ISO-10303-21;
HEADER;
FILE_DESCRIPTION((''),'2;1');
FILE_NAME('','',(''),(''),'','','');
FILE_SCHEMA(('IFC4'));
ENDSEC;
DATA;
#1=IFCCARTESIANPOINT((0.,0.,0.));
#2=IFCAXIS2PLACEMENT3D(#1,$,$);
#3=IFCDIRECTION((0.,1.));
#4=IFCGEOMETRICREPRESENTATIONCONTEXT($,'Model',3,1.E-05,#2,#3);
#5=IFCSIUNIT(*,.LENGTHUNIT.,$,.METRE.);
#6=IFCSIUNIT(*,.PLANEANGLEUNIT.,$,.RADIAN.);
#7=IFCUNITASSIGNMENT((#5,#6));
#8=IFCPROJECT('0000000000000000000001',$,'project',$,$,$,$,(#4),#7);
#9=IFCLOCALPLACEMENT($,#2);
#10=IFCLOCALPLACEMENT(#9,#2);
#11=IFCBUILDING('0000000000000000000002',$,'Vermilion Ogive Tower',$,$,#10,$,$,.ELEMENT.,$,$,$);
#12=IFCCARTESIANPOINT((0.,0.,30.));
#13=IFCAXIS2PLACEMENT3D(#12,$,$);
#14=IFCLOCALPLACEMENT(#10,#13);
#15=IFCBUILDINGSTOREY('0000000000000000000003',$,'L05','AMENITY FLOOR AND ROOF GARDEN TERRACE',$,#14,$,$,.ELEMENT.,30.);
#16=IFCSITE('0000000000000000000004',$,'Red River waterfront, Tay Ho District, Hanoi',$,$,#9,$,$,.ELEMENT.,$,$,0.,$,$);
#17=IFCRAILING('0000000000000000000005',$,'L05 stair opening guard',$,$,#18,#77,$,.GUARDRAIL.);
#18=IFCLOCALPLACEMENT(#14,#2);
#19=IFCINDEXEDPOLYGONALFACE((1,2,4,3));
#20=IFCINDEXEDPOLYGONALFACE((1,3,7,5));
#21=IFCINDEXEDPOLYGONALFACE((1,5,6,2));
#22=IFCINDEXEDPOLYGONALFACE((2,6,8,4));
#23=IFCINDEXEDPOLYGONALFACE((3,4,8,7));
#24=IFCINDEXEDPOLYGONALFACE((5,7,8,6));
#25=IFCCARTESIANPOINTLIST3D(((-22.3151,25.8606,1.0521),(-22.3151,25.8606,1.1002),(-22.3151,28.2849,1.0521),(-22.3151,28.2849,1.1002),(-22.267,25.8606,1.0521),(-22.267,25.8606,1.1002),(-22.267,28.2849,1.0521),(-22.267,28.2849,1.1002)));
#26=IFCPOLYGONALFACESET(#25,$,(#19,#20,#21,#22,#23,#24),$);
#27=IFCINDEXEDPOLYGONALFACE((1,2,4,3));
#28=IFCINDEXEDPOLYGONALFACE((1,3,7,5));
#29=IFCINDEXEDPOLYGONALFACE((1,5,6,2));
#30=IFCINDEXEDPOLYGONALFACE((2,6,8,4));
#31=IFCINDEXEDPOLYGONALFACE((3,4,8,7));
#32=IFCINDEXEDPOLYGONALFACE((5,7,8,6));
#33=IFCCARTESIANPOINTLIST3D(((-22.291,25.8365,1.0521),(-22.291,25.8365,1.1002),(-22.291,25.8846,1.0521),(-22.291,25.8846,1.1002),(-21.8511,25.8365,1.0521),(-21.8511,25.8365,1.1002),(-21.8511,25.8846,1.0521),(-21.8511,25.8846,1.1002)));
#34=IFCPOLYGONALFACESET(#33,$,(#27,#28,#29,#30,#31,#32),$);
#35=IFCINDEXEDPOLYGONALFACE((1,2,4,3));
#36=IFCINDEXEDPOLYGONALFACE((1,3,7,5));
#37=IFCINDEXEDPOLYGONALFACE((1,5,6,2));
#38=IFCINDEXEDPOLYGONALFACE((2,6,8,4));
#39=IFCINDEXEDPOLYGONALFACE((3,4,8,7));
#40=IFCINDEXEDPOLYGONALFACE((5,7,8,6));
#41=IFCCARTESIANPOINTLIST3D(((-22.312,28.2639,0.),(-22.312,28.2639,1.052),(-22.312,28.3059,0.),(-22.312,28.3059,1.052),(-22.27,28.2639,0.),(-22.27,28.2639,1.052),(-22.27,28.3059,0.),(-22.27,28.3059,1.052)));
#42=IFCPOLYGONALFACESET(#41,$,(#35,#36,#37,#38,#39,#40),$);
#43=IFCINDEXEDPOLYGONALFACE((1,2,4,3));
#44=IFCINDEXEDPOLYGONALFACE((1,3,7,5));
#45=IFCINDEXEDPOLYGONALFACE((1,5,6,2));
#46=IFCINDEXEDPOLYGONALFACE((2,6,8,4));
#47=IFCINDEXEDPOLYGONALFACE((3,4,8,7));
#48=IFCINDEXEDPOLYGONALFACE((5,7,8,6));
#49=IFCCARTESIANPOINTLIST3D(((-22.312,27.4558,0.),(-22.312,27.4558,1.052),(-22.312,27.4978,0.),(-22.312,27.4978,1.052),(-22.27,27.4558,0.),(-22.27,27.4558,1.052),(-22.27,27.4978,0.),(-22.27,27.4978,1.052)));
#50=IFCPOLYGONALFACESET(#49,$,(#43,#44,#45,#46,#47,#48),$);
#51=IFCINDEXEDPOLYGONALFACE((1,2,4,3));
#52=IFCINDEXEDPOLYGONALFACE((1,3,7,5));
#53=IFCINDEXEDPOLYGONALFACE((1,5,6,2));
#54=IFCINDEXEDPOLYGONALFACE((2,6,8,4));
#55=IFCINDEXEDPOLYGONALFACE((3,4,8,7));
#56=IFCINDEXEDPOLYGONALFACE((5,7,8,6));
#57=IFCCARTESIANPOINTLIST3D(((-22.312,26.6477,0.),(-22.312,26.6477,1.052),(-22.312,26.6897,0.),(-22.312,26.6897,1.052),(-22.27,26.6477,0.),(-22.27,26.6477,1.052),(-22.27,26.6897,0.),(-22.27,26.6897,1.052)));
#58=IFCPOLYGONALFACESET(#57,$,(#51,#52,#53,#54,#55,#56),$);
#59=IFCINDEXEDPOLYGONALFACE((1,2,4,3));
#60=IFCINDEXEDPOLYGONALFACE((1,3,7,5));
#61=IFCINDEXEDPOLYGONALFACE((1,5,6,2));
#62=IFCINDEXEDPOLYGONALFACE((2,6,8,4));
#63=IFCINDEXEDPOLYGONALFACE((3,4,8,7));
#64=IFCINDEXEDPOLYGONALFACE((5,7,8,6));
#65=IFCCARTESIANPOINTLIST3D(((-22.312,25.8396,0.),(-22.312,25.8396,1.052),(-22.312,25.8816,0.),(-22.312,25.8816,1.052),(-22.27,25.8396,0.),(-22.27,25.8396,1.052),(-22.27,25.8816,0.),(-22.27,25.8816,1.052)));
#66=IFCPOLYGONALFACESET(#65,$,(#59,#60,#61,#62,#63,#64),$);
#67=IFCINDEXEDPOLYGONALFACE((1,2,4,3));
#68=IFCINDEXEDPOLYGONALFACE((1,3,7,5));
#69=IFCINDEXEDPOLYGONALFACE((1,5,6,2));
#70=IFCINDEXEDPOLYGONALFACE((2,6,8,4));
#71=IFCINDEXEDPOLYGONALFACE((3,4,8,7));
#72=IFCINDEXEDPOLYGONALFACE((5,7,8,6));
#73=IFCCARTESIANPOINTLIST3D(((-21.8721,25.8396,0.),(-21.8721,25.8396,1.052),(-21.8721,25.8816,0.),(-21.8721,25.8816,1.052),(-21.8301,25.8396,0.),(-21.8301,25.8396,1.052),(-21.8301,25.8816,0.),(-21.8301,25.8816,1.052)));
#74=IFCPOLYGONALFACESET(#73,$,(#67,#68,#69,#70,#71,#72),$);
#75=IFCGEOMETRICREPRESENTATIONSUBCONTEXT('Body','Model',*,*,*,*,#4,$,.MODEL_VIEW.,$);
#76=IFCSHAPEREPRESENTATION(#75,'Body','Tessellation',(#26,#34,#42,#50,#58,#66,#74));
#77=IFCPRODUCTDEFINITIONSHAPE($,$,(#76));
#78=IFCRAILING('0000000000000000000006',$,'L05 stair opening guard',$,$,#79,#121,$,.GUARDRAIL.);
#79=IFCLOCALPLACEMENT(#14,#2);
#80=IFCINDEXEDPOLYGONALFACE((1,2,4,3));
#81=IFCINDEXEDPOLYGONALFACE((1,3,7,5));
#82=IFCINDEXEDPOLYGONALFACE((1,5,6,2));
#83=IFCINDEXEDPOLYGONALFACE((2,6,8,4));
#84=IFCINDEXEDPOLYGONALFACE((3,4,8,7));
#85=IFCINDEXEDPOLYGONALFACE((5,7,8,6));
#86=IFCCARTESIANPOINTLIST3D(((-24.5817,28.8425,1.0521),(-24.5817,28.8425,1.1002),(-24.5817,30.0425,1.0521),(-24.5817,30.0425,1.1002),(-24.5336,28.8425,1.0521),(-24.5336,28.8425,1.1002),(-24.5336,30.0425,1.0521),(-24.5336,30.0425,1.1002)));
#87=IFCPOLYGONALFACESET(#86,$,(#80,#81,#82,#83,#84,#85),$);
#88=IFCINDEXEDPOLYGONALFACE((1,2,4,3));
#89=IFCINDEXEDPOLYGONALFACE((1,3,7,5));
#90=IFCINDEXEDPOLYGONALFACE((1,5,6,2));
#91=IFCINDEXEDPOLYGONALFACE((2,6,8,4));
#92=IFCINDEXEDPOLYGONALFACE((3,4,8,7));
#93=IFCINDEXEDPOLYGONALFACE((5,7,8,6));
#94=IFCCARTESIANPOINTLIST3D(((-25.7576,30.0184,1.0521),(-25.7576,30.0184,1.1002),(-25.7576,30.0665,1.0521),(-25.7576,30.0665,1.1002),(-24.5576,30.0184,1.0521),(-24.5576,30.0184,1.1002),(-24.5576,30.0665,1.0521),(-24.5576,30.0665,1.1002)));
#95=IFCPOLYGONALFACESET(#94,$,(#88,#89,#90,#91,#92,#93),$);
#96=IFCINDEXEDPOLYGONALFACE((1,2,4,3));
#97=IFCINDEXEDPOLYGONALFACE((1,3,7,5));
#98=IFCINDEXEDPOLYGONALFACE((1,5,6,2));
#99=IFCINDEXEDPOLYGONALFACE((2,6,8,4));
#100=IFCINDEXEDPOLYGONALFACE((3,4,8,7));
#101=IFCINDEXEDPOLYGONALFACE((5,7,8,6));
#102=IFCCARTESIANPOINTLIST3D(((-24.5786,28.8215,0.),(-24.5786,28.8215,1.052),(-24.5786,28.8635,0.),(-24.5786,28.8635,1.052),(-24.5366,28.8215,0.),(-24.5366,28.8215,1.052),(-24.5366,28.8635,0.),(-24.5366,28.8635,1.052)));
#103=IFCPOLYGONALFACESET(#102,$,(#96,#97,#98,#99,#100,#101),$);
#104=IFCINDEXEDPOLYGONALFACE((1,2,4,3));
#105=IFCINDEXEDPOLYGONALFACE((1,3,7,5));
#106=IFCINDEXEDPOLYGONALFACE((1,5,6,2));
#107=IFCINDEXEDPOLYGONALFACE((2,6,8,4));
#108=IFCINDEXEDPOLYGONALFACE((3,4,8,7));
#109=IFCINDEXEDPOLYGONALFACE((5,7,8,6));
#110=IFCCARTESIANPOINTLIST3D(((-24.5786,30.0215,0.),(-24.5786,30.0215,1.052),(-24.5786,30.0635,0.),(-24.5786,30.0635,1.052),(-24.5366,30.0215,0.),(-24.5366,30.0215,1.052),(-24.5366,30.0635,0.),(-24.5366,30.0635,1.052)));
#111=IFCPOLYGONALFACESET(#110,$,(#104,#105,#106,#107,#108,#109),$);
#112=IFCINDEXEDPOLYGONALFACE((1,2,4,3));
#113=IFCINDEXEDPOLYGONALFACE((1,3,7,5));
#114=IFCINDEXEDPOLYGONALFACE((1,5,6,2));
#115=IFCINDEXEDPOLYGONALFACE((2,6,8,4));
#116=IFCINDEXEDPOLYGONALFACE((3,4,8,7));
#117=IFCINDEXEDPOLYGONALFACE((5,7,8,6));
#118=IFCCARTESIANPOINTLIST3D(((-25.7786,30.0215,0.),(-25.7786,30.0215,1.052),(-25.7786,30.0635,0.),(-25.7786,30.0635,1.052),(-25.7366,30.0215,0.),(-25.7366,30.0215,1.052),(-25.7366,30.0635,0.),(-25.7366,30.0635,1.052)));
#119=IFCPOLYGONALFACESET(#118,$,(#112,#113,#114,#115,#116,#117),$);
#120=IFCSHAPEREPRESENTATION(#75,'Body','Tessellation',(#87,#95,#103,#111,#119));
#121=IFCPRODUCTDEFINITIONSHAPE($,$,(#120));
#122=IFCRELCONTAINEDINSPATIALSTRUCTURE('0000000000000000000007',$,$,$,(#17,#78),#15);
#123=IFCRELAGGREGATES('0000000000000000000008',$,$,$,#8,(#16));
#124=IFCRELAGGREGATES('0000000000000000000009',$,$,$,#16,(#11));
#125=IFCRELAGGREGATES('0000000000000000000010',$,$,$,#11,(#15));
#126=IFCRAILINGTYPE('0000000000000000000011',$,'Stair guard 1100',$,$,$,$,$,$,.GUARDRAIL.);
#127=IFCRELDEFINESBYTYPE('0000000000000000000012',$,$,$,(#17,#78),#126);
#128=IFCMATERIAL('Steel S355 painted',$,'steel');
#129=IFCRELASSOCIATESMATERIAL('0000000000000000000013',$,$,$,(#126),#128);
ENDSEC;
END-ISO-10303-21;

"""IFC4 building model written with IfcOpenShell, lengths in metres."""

from ifc_helpers import new_model, si_unit, direction, frame, origin, origin_2d, place, context, subcontext, project, spatial, rectangle, extrude, material, type_object, element, save


model = new_model("IFC4")

# Units and contexts
model_context = context("Model", 3, precision=1e-05, world=origin(), true_north=direction((0.0, 1.0)))
body_context = subcontext(model_context, "Body", "Model", "MODEL_VIEW")
ifc_project = project(units=[si_unit("LENGTHUNIT", "METRE"), si_unit("PLANEANGLEUNIT", "RADIAN")], contexts=[model_context])

# Site, building, storey
site_placement = place(None, origin())
site = spatial("IfcSite", under=ifc_project, at=site_placement, Name="Red River waterfront, Tay Ho District, Hanoi", CompositionType="ELEMENT", RefElevation=0.0)
building_placement = place(site_placement, origin())
building = spatial("IfcBuilding", under=site, at=building_placement, Name="Vermilion Ogive Tower", CompositionType="ELEMENT")
storey_placement = place(building_placement, frame((0.0, 0.0, 30.0)))
storey = spatial("IfcBuildingStorey", under=building, at=storey_placement, Name="L05", Description="AMENITY FLOOR AND ROOF GARDEN TERRACE", CompositionType="ELEMENT", Elevation=30.0)

# Railings
ifc_material_1 = material(Name="Steel S355 painted", Category="steel")
railing_type = type_object("IfcRailingType", Name="Stair guard 1100", PredefinedType="GUARDRAIL", material=ifc_material_1)
railing_1_placement = place(storey_placement, frame((-22.291, 28.2849, 0.0)))
element("IfcRailing", 1, at=railing_1_placement, inside=storey, type_object=railing_type, Name="L05 stair opening guard", PredefinedType="GUARDRAIL", context=body_context, shape_type="SweptSolid", body=[
    extrude(rectangle(XDim=0.0481, YDim=0.0481, at=origin_2d()), frame((0.0, 0.0, 1.0762), z_axis=(0.0, -1.0, 0.0), x_axis=(1.0, 0.0, 0.0)), (0.0, 0.0, 1.0), 2.4243),
    extrude(rectangle(XDim=0.0481, YDim=0.0481, at=origin_2d()), frame((0.0, -2.4243, 1.0762), z_axis=(1.0, 0.0, 0.0), x_axis=(0.0, 1.0, 0.0)), (0.0, 0.0, 1.0), 0.4399),
    extrude(rectangle(XDim=0.042, YDim=0.042, at=origin_2d()), origin(), (0.0, 0.0, 1.0), 1.052),
    extrude(rectangle(XDim=0.042, YDim=0.042, at=origin_2d()), frame((0.0, -0.8081, 0.0)), (0.0, 0.0, 1.0), 1.052),
    extrude(rectangle(XDim=0.042, YDim=0.042, at=origin_2d()), frame((0.0, -1.6162, 0.0)), (0.0, 0.0, 1.0), 1.052),
    extrude(rectangle(XDim=0.042, YDim=0.042, at=origin_2d()), frame((0.0, -2.4243, 0.0)), (0.0, 0.0, 1.0), 1.052),
    extrude(rectangle(XDim=0.042, YDim=0.042, at=origin_2d()), frame((0.4399, -2.4243, 0.0)), (0.0, 0.0, 1.0), 1.052),
])
railing_2_placement = place(storey_placement, frame((-24.5576, 28.8425, 0.0)))
element("IfcRailing", 2, at=railing_2_placement, inside=storey, type_object=railing_type, Name="L05 stair opening guard", PredefinedType="GUARDRAIL", context=body_context, shape_type="SweptSolid", body=[
    extrude(rectangle(XDim=0.0481, YDim=0.0481, at=origin_2d()), frame((0.0, 0.0, 1.0762), z_axis=(0.0, 1.0, 0.0), x_axis=(-1.0, 0.0, 0.0)), (0.0, 0.0, 1.0), 1.2),
    extrude(rectangle(XDim=0.0481, YDim=0.0481, at=origin_2d()), frame((0.0, 1.2, 1.0762), z_axis=(-1.0, 0.0, 0.0), x_axis=(0.0, -1.0, 0.0)), (0.0, 0.0, 1.0), 1.2),
    extrude(rectangle(XDim=0.042, YDim=0.042, at=origin_2d()), origin(), (0.0, 0.0, 1.0), 1.052),
    extrude(rectangle(XDim=0.042, YDim=0.042, at=origin_2d()), frame((0.0, 1.2, 0.0)), (0.0, 0.0, 1.0), 1.052),
    extrude(rectangle(XDim=0.042, YDim=0.042, at=origin_2d()), frame((-1.2, 1.2, 0.0)), (0.0, 0.0, 1.0), 1.052),
])

save(model, "model.ifc")
